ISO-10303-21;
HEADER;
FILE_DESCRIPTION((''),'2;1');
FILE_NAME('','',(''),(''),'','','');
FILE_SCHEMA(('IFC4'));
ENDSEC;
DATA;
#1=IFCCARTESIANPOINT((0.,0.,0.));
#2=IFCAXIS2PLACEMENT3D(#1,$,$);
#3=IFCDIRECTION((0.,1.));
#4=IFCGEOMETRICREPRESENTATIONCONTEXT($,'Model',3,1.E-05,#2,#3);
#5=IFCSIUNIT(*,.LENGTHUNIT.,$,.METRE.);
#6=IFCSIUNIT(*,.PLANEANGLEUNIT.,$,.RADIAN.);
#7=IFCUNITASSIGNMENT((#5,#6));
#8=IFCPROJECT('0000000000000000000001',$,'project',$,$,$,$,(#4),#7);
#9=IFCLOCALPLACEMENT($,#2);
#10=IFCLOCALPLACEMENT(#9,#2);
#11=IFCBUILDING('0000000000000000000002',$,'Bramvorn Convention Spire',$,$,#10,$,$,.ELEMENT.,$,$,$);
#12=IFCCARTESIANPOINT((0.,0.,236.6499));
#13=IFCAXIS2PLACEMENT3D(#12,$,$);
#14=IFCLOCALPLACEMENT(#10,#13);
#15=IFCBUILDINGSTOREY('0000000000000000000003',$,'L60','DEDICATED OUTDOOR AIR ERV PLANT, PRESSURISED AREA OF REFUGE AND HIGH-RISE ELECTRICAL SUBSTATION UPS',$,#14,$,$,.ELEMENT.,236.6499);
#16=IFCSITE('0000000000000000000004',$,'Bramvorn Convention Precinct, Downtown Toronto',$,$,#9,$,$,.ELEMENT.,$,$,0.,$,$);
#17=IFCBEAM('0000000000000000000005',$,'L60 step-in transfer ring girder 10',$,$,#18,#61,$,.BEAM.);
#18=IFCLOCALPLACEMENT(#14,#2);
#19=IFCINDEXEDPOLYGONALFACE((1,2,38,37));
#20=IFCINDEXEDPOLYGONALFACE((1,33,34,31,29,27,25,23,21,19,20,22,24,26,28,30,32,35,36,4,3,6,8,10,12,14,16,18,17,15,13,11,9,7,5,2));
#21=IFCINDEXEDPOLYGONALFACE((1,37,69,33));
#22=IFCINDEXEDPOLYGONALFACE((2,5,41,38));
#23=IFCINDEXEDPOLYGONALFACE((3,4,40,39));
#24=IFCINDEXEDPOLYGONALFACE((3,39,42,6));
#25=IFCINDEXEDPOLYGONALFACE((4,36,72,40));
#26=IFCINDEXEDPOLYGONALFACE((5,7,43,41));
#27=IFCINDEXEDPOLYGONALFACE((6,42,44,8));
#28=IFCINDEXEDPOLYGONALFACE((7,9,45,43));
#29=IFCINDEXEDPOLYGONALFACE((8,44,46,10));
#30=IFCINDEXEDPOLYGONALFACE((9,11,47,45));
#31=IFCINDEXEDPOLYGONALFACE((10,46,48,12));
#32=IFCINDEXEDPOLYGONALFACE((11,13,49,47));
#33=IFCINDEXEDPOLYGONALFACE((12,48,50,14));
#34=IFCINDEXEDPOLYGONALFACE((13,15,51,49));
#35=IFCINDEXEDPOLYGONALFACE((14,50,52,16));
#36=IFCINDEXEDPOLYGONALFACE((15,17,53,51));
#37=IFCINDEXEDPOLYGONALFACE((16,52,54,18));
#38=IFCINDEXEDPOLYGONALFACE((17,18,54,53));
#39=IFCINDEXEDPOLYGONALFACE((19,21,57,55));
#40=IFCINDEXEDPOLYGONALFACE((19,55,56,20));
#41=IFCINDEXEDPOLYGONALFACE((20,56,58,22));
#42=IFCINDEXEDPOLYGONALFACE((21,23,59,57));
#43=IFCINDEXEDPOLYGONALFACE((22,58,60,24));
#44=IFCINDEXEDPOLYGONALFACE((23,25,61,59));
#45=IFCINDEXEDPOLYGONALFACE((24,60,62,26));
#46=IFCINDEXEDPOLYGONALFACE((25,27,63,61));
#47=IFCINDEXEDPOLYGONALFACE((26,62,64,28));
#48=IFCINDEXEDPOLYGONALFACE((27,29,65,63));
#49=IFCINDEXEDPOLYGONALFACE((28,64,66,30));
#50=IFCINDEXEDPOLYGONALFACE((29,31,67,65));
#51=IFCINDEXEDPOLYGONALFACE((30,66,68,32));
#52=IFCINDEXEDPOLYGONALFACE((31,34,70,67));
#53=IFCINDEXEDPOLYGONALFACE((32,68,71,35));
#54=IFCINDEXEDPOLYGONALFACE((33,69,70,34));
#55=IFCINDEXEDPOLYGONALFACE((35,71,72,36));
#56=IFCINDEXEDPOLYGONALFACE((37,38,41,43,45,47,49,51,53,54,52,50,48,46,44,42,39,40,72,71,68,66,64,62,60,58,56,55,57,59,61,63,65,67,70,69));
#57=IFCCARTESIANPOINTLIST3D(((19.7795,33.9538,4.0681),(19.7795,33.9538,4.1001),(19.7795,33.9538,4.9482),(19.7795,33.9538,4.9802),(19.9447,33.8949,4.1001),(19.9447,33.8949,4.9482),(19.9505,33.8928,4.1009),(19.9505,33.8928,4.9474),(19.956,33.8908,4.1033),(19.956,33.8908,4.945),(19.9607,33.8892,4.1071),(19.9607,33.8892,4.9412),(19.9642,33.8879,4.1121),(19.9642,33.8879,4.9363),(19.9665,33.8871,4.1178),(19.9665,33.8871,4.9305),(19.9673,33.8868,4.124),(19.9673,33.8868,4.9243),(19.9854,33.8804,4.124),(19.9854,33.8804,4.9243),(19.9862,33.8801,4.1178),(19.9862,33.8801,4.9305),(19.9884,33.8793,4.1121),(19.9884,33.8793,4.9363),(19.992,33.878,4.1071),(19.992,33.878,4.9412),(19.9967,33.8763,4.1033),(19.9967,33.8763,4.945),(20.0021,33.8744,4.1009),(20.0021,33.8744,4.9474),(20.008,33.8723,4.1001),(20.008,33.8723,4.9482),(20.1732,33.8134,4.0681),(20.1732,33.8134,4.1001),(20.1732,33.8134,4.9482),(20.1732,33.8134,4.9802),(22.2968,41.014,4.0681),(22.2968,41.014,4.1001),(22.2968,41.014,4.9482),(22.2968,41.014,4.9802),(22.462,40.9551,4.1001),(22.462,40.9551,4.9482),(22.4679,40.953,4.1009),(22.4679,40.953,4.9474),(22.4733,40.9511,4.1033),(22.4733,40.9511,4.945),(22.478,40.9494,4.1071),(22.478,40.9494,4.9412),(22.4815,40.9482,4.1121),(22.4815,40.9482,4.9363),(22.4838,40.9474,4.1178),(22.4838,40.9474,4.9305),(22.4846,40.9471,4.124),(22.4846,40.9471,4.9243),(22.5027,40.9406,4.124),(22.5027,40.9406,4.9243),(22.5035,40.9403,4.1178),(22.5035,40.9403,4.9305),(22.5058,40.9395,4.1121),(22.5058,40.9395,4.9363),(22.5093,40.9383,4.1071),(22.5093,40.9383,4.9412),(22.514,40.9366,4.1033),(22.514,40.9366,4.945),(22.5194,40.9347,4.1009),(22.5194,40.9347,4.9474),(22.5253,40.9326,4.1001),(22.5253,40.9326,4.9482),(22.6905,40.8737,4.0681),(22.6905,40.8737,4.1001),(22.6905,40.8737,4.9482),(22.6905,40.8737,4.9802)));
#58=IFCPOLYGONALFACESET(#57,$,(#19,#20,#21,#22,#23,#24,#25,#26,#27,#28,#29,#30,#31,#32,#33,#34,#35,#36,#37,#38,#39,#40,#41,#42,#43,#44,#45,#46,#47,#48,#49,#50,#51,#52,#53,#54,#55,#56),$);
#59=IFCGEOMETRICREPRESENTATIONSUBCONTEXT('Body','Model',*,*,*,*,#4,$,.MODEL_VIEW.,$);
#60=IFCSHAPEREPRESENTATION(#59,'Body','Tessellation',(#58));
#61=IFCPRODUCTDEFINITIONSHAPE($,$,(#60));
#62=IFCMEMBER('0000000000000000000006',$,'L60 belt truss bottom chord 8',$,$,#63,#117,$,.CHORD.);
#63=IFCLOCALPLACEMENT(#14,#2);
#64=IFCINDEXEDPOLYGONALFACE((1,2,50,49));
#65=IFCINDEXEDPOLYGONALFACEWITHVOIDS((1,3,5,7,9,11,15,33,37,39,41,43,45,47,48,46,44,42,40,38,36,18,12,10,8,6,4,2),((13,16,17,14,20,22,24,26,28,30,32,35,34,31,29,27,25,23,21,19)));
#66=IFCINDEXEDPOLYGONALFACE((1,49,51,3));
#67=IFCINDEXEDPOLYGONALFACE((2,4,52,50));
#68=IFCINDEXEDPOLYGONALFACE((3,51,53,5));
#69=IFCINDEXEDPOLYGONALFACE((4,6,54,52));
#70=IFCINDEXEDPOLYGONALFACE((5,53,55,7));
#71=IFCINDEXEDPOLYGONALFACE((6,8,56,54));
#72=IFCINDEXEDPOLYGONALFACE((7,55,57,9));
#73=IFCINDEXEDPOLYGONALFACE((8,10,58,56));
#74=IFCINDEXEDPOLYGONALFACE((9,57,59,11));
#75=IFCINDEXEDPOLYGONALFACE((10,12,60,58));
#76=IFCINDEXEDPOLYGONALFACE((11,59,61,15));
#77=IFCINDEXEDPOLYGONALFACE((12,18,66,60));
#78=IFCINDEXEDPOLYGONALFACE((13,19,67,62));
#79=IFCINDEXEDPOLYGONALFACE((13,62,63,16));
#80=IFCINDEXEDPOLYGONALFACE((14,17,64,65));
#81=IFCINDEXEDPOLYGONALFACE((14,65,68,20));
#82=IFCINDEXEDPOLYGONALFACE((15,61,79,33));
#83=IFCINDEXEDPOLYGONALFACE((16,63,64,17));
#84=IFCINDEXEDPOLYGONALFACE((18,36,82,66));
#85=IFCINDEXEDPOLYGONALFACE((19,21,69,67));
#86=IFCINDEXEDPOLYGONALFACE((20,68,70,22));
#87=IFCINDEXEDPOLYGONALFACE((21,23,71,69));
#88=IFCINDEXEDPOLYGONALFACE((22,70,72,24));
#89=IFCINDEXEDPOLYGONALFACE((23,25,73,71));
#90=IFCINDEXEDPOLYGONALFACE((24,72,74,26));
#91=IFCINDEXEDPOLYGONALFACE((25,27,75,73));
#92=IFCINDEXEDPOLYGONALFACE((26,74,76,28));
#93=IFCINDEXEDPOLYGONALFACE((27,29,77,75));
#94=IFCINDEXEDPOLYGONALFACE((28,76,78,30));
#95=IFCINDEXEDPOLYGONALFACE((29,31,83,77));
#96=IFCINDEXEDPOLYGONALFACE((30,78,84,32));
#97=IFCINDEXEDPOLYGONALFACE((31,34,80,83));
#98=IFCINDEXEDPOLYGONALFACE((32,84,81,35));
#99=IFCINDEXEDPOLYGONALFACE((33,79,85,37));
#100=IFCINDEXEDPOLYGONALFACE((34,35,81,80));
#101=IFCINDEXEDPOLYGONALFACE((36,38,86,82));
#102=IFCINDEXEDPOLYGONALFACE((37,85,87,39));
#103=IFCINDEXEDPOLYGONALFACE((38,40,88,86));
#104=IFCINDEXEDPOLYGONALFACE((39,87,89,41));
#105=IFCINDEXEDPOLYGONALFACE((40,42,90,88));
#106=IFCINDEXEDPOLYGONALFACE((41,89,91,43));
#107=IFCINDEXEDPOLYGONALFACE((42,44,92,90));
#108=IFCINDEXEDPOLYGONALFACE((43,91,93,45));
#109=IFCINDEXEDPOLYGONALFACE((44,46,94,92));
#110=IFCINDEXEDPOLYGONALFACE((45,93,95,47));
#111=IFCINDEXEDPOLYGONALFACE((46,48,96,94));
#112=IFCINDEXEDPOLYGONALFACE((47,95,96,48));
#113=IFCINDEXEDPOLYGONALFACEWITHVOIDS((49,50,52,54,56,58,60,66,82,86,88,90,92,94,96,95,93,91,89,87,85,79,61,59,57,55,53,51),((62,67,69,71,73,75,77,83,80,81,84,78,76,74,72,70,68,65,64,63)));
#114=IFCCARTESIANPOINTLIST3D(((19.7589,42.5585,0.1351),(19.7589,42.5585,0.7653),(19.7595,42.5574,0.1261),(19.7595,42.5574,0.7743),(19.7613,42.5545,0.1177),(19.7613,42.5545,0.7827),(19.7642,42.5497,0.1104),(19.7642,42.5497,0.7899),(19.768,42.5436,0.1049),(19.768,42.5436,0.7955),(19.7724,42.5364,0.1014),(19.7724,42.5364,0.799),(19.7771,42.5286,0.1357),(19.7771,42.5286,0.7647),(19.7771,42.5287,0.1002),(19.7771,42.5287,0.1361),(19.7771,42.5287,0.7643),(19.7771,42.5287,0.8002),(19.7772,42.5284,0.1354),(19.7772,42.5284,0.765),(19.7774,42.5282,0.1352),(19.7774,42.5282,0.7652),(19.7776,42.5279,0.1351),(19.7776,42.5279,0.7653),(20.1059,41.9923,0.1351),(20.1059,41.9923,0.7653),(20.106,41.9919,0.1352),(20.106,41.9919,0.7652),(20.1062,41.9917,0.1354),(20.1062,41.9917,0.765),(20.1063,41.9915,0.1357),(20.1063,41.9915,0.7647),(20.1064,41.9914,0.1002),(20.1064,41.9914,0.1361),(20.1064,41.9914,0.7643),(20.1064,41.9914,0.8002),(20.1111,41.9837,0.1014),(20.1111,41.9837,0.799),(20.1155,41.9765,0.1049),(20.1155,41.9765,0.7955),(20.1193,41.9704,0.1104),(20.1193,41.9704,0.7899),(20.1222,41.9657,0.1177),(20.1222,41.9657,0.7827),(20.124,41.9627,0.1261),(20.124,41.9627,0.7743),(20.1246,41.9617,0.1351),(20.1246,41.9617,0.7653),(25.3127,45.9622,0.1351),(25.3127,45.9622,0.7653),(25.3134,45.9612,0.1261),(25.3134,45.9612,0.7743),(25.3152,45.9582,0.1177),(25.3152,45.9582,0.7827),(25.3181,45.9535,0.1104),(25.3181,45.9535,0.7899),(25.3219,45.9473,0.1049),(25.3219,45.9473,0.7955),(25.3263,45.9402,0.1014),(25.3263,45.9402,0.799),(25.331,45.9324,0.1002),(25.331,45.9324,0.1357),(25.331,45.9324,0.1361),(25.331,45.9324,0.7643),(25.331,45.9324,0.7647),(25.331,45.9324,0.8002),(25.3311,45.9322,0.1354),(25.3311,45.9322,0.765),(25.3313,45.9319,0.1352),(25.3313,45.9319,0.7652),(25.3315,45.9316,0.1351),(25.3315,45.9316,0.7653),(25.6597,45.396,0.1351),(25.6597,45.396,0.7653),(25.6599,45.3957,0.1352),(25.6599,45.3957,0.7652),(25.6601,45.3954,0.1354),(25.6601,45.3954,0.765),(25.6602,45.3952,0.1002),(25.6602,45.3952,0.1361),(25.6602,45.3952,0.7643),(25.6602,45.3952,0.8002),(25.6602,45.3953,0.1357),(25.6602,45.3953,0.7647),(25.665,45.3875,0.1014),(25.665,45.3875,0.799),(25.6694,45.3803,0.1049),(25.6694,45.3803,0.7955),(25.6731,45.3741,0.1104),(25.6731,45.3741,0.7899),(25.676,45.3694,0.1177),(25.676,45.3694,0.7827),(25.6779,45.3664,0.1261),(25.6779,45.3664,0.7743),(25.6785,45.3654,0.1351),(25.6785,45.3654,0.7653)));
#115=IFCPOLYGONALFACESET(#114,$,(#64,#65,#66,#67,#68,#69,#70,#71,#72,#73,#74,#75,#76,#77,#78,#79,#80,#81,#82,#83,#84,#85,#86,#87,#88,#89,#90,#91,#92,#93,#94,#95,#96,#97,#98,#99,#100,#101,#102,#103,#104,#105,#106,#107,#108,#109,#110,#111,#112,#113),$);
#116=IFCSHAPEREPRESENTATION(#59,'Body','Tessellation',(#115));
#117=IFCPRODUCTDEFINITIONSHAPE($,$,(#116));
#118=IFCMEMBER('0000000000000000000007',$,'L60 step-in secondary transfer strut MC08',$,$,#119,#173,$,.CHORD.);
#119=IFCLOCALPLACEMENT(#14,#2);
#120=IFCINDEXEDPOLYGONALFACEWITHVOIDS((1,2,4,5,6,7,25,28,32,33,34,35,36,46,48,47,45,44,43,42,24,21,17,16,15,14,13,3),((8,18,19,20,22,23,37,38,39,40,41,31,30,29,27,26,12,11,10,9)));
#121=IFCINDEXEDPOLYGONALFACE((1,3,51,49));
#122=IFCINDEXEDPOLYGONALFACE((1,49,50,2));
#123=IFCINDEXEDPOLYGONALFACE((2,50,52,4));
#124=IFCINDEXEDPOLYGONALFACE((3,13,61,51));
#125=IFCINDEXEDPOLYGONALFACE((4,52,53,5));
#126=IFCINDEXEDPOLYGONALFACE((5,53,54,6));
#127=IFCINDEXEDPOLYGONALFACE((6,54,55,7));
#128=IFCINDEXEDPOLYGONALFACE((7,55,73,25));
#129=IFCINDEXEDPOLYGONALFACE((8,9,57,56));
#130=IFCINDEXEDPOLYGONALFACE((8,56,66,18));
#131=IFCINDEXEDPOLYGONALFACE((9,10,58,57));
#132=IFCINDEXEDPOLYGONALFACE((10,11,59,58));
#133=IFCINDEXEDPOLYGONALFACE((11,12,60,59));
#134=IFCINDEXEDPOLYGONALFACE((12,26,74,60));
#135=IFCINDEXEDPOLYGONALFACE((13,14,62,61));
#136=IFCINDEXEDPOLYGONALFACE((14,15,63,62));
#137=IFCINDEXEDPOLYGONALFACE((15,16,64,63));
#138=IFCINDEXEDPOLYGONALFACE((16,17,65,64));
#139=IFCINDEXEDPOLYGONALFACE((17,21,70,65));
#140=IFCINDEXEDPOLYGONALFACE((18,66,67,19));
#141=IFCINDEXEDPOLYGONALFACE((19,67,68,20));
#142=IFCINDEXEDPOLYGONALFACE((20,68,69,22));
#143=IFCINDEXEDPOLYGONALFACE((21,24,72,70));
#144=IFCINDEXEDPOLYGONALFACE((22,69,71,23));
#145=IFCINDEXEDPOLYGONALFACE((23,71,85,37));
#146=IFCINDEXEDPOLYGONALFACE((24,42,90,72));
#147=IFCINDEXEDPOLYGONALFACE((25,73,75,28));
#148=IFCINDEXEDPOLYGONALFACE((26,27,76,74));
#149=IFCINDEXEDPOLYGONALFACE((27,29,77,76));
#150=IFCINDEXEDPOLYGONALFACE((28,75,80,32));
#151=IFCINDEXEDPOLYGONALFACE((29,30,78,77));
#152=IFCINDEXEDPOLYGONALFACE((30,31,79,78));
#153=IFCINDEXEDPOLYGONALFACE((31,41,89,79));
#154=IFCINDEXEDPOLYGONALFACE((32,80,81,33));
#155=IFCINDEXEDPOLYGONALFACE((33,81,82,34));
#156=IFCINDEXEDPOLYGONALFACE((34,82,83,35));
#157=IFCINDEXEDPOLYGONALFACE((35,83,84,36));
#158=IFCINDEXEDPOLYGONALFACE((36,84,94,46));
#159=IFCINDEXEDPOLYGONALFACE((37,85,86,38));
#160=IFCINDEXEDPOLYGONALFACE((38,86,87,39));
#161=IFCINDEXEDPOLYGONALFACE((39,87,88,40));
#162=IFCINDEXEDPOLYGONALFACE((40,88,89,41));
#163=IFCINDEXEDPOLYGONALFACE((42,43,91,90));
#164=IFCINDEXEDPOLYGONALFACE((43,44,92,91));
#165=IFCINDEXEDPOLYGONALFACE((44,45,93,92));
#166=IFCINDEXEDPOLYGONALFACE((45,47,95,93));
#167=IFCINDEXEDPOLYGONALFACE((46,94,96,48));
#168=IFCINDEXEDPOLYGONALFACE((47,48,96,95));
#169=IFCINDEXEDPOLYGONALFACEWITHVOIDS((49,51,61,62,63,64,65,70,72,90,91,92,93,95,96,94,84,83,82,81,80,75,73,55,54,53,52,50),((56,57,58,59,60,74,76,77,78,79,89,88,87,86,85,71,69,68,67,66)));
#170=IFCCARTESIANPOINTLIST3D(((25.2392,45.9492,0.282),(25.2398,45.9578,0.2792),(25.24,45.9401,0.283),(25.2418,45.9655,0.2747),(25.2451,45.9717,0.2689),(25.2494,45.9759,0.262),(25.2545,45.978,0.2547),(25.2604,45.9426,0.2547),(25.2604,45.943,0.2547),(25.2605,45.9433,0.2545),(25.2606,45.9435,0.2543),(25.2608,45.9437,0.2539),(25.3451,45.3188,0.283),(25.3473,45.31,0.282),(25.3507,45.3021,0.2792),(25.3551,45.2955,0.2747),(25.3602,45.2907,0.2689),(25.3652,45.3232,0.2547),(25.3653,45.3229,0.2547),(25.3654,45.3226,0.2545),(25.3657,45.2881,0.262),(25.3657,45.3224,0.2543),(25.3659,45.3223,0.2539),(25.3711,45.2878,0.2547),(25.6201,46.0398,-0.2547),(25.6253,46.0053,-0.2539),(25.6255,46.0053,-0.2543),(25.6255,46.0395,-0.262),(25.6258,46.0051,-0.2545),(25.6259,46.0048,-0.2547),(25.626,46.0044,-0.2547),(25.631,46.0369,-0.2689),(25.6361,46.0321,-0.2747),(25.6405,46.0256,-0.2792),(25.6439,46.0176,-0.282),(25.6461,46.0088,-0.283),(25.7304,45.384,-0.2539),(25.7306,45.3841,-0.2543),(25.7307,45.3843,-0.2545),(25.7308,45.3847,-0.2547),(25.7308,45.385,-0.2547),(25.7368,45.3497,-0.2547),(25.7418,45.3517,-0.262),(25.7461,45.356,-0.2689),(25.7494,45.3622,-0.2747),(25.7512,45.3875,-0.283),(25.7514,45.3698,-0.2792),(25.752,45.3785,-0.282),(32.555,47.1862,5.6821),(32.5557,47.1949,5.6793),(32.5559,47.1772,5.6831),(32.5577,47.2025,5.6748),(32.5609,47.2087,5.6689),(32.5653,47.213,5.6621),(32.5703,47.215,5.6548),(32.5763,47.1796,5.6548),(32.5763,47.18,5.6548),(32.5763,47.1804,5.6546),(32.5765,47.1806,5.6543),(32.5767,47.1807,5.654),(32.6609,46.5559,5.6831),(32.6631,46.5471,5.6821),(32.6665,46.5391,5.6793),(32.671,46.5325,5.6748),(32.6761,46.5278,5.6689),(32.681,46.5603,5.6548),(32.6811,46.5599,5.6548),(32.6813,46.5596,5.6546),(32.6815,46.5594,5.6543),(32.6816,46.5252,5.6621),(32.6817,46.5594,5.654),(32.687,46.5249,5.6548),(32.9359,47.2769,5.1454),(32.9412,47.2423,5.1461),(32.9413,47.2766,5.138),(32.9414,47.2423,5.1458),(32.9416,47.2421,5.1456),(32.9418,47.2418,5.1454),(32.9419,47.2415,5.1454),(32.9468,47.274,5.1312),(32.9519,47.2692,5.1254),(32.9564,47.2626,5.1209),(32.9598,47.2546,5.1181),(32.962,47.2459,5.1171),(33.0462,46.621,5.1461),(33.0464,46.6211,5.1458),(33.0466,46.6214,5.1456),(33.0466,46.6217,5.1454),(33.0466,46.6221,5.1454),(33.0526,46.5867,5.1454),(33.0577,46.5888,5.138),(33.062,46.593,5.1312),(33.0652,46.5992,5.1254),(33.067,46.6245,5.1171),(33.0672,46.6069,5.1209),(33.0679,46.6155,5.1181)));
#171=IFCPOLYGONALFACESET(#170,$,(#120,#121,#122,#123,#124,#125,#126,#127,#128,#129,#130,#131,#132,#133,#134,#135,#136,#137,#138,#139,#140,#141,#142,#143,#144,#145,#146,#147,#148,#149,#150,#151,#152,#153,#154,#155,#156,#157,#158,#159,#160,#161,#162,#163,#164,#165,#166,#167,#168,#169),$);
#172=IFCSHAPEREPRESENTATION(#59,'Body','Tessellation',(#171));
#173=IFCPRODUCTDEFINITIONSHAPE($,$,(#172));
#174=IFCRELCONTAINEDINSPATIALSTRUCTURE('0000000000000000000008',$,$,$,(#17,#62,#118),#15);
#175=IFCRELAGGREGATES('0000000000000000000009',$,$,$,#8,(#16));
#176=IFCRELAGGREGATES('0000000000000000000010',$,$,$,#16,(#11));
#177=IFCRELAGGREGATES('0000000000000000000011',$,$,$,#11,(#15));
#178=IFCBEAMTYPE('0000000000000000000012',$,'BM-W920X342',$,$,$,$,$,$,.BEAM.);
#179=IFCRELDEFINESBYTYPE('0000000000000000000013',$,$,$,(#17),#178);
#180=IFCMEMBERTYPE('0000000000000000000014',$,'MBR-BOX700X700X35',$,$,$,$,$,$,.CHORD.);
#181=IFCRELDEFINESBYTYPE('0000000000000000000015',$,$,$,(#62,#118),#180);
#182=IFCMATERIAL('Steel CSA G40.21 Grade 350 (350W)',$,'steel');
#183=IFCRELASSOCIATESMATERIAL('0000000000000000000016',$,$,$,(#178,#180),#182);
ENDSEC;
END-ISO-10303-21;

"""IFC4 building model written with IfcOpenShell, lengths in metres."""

from ifc_helpers import new_model, si_unit, direction, frame, origin, origin_2d, place, context, subcontext, project, spatial, hollow_rectangle, i_section, extrude, material, material_profile, profile_set, type_object, element, save


model = new_model("IFC4")

# Units and contexts
model_context = context("Model", 3, precision=1e-05, world=origin(), true_north=direction((0.0, 1.0)))
body_context = subcontext(model_context, "Body", "Model", "MODEL_VIEW")
ifc_project = project(units=[si_unit("LENGTHUNIT", "METRE"), si_unit("PLANEANGLEUNIT", "RADIAN")], contexts=[model_context])

# Site, building, storey
site_placement = place(None, origin())
site = spatial("IfcSite", under=ifc_project, at=site_placement, Name="Bramvorn Convention Precinct, Downtown Toronto", CompositionType="ELEMENT", RefElevation=0.0)
building_placement = place(site_placement, origin())
building = spatial("IfcBuilding", under=site, at=building_placement, Name="Bramvorn Convention Spire", CompositionType="ELEMENT")
storey_placement = place(building_placement, frame((0.0, 0.0, 236.6499)))
storey = spatial("IfcBuildingStorey", under=building, at=storey_placement, Name="L60", Description="DEDICATED OUTDOOR AIR ERV PLANT, PRESSURISED AREA OF REFUGE AND HIGH-RISE ELECTRICAL SUBSTATION UPS", CompositionType="ELEMENT", Elevation=236.6499)

# Shared definitions
ifc_material_1 = material(Name="Steel CSA G40.21 Grade 350 (350W)", Category="steel")

# Beam
ifc_material_profile_1 = material_profile(ifc_material_1, i_section(OverallWidth=0.418, OverallDepth=0.9121, WebThickness=0.0193, FlangeThickness=0.032, FilletRadius=0.0239, at=origin_2d()))
ifc_profile_set_1 = profile_set([ifc_material_profile_1], Name="Steel CSA G40.21 Grade 350 (350W) - W920X342")
beam_type = type_object("IfcBeamType", Name="BM-W920X342", PredefinedType="BEAM", material=ifc_profile_set_1)
beam_placement = place(storey_placement, frame((22.4937, 40.9438, 4.5242), z_axis=(-0.335839, -0.941919, 0.0), x_axis=(0.941919, -0.335839, 0.0)))
element("IfcBeam", 1, at=beam_placement, inside=storey, type_object=beam_type, Name="L60 step-in transfer ring girder 10", PredefinedType="BEAM", context=body_context, shape_type="SweptSolid", body=[
    extrude(i_section(OverallWidth=0.418, OverallDepth=0.9121, WebThickness=0.0193, FlangeThickness=0.032, FilletRadius=0.0239, at=origin_2d()), origin(), (0.0, 0.0, 1.0), 7.4956),
])

# Members
ifc_material_profile_2 = material_profile(ifc_material_1, hollow_rectangle(XDim=0.7, YDim=0.7, WallThickness=0.0349, InnerFilletRadius=0.001, OuterFilletRadius=0.0349, at=origin_2d()))
ifc_profile_set_2 = profile_set([ifc_material_profile_2], Name="Steel CSA G40.21 Grade 350 (350W) - BOX700X700X35")
member_type_1 = type_object("IfcMemberType", Name="MBR-BOX700X700X35", PredefinedType="CHORD", material=ifc_profile_set_2)
member_1_placement = place(storey_placement, frame((25.4956, 45.6638, 0.4502), z_axis=(-0.852617, -0.522537, 0.0), x_axis=(0.522537, -0.852617, 0.0)))
element("IfcMember", 2, at=member_1_placement, inside=storey, type_object=member_type_1, Name="L60 belt truss bottom chord 8", PredefinedType="CHORD", context=body_context, shape_type="SweptSolid", body=[
    extrude(hollow_rectangle(XDim=0.7, YDim=0.7, WallThickness=0.0349, InnerFilletRadius=0.001, OuterFilletRadius=0.0349, at=origin_2d()), origin(), (0.0, 0.0, 1.0), 6.5139),
])
member_2_placement = place(storey_placement, frame((25.4956, 45.6638, 0.0), z_axis=(0.797215, 0.134802, 0.588453), x_axis=(-0.166725, 0.986003, 0.0)))
element("IfcMember", 3, at=member_2_placement, inside=storey, type_object=member_type_1, Name="L60 step-in secondary transfer strut MC08", PredefinedType="CHORD", context=body_context, shape_type="SweptSolid", body=[
    extrude(hollow_rectangle(XDim=0.7, YDim=0.7, WallThickness=0.0349, InnerFilletRadius=0.001, OuterFilletRadius=0.0349, at=origin_2d()), origin(), (0.0, 0.0, 1.0), 9.1768),
])

save(model, "model.ifc")
